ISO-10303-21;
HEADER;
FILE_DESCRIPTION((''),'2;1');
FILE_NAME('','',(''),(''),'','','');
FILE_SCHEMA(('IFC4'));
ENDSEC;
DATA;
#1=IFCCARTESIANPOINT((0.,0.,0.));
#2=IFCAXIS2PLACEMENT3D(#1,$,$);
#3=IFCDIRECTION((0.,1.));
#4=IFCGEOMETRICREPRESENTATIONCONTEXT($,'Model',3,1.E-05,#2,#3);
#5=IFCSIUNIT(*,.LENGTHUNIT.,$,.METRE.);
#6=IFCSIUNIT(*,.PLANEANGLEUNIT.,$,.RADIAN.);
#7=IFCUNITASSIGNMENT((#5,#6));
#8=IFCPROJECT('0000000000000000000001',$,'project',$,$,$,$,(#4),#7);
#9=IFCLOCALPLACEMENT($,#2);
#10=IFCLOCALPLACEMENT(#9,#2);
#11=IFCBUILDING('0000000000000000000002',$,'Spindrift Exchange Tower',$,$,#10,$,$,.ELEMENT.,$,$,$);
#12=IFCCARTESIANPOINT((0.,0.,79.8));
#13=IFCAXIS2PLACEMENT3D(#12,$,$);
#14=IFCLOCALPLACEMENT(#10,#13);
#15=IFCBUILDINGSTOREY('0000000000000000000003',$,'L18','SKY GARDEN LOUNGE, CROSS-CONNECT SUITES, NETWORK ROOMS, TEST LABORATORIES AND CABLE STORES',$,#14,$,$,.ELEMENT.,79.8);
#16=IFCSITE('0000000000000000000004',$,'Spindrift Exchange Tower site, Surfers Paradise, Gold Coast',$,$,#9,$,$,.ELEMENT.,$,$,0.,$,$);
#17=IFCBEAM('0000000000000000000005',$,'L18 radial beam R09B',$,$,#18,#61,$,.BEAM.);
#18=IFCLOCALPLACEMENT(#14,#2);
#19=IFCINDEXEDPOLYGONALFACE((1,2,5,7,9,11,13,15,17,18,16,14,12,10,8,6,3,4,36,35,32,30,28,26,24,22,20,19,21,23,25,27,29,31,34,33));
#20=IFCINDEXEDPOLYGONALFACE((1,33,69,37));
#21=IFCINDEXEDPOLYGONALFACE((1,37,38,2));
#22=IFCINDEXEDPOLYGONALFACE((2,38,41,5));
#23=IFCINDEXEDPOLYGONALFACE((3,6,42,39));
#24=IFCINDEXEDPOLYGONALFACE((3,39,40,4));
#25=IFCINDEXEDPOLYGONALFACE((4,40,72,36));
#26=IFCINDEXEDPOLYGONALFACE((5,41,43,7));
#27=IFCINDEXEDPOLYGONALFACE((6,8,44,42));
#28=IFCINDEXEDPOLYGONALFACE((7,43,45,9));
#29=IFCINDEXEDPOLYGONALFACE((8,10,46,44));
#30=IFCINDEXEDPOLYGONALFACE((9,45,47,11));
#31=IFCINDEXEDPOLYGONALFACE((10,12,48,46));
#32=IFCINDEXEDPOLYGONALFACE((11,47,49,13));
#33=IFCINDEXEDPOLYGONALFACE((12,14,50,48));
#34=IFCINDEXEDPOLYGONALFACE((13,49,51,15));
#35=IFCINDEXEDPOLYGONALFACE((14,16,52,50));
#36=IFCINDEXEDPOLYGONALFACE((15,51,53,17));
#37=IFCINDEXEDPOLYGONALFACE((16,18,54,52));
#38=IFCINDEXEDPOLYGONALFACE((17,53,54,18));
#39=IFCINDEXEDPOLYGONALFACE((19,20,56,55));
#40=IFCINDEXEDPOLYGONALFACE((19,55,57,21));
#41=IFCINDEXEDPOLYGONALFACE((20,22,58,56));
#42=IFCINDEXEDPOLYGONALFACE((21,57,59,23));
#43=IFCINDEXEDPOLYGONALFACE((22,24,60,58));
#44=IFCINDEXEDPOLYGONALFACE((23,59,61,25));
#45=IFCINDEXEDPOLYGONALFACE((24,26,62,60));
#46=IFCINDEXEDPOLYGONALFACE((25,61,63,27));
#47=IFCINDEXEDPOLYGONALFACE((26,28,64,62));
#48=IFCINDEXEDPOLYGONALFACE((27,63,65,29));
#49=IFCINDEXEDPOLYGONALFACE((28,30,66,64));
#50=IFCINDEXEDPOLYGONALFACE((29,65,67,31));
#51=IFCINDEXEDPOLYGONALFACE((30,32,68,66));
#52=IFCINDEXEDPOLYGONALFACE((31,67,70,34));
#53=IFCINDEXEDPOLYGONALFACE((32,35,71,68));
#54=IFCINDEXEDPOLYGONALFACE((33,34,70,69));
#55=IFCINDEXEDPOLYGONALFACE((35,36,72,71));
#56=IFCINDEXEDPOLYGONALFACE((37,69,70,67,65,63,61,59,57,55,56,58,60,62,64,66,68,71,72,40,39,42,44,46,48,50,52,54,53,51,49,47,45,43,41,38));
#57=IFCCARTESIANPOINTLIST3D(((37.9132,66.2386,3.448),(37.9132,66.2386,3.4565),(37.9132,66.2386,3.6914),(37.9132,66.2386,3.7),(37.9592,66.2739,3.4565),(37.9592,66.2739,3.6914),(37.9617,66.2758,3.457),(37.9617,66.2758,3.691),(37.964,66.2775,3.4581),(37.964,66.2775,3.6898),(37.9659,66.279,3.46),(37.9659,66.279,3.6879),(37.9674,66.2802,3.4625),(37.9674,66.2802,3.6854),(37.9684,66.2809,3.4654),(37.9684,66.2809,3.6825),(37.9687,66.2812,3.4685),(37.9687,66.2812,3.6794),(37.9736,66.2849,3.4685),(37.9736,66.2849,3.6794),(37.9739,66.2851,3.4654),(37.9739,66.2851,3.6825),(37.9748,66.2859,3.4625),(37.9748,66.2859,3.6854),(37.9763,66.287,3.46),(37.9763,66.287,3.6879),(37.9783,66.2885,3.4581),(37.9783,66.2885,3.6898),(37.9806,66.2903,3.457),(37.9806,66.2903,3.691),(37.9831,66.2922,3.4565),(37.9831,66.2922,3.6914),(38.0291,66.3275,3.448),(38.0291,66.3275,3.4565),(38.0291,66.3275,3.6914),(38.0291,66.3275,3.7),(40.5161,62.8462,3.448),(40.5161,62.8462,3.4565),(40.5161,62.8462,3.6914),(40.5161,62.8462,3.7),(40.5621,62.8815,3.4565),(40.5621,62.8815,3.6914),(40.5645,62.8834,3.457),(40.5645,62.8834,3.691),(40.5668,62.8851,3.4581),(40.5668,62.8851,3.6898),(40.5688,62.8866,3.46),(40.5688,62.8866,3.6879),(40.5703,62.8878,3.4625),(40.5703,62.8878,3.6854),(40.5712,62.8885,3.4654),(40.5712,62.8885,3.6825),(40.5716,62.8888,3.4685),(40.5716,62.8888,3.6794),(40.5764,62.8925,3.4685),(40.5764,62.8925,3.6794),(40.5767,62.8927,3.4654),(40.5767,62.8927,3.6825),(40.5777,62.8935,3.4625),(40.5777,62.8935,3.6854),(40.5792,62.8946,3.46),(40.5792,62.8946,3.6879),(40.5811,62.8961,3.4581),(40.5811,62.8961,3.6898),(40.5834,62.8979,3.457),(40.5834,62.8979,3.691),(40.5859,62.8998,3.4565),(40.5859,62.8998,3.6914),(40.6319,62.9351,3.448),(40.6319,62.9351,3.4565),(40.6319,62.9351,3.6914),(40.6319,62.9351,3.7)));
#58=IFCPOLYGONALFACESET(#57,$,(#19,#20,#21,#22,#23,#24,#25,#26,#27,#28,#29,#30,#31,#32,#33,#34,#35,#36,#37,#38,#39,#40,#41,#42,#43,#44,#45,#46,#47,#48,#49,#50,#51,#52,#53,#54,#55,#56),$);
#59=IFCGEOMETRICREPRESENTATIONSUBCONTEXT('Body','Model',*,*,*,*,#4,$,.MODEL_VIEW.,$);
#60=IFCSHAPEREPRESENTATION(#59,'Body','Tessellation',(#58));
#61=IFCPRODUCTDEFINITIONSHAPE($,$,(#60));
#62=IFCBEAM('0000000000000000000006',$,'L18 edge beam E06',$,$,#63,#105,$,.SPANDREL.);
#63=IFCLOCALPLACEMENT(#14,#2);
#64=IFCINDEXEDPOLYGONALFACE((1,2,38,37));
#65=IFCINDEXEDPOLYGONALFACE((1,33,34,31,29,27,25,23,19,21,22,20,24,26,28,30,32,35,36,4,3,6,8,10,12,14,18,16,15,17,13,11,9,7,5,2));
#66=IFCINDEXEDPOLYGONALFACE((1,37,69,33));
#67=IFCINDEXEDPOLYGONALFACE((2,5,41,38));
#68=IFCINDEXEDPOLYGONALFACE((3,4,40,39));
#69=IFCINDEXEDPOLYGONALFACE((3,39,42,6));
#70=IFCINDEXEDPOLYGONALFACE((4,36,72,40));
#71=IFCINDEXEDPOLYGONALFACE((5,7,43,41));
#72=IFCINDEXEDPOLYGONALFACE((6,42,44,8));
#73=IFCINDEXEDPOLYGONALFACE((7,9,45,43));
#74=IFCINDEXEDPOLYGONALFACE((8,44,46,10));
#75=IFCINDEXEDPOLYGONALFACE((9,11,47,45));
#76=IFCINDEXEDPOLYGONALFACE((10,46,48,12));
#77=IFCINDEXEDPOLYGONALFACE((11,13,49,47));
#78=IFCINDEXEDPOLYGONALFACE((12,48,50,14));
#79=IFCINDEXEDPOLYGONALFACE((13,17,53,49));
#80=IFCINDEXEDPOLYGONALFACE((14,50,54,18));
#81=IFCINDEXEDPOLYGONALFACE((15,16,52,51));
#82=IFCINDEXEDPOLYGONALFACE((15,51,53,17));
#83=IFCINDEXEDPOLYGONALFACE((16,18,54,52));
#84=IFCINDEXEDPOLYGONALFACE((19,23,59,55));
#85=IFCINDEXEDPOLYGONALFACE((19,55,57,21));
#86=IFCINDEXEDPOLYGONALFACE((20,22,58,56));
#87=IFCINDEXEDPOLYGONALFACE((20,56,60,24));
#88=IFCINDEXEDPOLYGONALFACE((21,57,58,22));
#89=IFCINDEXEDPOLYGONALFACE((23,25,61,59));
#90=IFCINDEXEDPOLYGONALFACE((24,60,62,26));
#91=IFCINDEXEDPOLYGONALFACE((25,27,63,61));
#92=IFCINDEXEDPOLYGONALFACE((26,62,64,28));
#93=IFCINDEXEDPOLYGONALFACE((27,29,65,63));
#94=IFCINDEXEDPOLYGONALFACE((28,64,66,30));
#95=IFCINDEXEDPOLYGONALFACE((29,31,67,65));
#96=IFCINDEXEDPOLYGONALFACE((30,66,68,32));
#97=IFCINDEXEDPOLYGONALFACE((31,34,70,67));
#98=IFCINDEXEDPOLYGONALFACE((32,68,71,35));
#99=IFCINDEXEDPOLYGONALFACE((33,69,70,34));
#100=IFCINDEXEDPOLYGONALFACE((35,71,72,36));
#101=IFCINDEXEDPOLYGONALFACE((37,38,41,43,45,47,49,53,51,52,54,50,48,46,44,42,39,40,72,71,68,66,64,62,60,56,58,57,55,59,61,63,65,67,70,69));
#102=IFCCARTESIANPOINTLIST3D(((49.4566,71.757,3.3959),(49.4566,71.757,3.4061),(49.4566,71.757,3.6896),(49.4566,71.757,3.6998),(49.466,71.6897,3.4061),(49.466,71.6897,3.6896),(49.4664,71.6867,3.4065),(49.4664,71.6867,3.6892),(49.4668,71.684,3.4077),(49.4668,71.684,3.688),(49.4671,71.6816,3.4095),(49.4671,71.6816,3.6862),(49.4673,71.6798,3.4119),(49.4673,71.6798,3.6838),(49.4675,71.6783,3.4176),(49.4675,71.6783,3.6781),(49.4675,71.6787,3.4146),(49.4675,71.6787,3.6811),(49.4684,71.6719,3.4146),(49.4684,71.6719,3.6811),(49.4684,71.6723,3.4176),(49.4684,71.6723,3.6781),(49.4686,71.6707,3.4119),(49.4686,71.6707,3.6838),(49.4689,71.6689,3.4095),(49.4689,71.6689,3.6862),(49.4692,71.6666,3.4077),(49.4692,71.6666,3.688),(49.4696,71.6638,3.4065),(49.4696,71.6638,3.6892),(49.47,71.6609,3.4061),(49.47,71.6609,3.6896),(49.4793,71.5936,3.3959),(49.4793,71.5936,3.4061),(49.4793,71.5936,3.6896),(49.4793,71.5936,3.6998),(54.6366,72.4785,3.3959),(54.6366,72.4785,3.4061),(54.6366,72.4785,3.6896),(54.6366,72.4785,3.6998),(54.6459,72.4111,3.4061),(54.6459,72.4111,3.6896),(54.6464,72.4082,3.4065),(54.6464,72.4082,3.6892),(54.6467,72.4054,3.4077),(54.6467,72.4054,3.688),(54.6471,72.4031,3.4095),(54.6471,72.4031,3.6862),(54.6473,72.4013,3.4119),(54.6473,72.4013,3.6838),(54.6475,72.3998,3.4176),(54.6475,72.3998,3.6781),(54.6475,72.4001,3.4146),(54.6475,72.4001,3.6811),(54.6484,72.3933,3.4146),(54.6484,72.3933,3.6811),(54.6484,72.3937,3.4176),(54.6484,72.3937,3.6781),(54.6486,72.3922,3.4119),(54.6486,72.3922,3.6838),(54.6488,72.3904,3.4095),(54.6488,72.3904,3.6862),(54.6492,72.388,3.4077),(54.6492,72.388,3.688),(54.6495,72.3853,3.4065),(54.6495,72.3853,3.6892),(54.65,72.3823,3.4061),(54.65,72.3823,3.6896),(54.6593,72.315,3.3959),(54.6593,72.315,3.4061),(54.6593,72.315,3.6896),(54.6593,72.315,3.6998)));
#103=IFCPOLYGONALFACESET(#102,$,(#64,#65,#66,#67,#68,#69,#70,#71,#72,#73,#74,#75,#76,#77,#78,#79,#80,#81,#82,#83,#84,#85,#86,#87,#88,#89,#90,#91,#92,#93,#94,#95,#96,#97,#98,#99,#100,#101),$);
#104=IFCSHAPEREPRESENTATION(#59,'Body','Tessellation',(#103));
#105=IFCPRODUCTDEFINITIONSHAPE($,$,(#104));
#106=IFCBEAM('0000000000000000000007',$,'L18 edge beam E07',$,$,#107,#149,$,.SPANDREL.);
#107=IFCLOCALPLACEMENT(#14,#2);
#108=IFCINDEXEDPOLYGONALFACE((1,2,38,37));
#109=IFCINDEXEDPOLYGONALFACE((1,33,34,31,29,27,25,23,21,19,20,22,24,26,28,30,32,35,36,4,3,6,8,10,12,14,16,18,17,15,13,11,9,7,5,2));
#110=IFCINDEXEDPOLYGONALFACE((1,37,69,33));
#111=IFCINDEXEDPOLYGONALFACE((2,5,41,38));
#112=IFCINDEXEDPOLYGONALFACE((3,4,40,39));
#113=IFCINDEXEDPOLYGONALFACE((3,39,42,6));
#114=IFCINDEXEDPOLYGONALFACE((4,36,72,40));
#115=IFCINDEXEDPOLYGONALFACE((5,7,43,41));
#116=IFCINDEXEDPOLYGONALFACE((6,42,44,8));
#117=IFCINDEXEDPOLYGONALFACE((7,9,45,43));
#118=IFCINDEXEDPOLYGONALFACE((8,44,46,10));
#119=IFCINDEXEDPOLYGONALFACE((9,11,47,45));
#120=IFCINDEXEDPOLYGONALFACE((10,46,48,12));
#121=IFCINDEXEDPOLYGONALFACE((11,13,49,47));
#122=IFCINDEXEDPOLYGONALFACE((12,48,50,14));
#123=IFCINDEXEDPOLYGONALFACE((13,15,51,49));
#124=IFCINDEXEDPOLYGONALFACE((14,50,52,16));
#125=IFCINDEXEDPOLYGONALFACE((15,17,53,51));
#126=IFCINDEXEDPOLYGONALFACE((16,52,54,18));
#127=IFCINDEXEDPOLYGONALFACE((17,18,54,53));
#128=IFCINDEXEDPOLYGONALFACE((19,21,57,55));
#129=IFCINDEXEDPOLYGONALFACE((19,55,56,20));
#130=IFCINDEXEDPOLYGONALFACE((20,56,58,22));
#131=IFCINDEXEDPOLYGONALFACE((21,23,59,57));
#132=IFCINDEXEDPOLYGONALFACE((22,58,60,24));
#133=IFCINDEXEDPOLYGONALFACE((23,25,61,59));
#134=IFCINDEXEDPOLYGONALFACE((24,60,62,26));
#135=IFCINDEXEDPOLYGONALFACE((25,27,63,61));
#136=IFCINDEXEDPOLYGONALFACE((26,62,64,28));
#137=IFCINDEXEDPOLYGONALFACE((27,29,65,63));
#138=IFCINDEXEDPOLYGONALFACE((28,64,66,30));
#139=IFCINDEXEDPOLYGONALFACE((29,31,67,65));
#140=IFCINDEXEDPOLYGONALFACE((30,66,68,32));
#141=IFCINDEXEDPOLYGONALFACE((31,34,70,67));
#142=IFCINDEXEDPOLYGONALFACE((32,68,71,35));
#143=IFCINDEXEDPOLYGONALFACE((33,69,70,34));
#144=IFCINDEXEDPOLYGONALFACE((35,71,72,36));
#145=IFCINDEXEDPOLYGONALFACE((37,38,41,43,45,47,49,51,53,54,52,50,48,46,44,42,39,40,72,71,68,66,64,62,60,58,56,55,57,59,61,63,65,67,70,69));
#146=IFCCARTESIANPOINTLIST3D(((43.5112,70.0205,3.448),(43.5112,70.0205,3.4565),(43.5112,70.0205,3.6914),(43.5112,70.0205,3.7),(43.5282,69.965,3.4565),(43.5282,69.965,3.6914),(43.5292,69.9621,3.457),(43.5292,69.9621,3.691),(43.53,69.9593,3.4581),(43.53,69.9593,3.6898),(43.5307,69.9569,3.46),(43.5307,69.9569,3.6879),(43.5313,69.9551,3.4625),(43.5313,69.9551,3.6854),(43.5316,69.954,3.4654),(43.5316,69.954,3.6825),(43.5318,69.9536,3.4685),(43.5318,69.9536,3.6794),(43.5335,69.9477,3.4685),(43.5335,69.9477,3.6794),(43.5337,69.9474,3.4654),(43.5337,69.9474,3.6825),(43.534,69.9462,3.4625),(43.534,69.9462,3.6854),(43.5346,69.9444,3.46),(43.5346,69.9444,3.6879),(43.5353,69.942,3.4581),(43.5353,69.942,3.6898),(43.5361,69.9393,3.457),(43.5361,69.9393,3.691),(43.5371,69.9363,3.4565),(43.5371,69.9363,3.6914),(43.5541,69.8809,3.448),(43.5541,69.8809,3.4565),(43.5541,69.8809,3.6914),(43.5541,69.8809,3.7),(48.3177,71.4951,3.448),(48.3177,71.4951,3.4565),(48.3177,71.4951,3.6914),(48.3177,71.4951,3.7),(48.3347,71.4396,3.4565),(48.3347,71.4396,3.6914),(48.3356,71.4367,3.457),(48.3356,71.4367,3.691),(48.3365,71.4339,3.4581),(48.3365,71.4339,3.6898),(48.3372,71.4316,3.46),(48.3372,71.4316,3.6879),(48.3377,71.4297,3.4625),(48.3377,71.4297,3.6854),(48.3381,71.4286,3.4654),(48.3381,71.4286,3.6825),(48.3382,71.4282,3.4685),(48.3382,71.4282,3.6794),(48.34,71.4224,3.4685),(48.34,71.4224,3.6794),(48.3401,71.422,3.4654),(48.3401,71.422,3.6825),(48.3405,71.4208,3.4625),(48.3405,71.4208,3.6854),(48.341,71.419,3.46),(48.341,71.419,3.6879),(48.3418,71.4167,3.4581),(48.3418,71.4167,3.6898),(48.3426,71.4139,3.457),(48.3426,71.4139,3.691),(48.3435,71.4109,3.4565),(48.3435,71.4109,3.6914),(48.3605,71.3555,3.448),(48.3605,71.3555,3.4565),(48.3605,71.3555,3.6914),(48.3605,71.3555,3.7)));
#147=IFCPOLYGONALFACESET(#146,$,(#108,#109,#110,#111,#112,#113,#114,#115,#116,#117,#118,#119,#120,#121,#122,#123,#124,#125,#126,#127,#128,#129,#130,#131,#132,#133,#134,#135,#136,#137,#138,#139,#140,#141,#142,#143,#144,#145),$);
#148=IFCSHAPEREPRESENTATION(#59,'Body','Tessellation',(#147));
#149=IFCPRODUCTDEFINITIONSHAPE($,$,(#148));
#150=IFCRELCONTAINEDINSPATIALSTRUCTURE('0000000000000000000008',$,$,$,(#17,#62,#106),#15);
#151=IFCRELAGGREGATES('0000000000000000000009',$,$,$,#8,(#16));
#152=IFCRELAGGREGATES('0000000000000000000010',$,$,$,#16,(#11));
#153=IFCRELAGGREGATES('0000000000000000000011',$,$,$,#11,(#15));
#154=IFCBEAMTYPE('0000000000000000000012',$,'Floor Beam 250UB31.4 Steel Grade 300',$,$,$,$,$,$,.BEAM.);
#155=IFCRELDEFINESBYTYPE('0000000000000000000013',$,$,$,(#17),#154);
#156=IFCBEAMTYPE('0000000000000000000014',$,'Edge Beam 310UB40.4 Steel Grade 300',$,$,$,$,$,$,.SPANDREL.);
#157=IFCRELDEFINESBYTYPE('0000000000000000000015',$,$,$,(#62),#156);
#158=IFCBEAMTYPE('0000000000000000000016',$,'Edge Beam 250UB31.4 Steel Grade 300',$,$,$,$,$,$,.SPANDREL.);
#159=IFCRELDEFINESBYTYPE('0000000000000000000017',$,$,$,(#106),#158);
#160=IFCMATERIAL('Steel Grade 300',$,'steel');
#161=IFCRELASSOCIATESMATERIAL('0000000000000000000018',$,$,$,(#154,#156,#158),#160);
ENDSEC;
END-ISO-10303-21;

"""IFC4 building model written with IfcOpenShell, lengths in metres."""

from ifc_helpers import new_model, si_unit, direction, frame, origin, origin_2d, place, context, subcontext, project, spatial, i_section, extrude, source, transform, mapped, material, material_profile, profile_set, type_object, element, save


model = new_model("IFC4")

# Units and contexts
model_context = context("Model", 3, precision=1e-05, world=origin(), true_north=direction((0.0, 1.0)))
body_context = subcontext(model_context, "Body", "Model", "MODEL_VIEW")
ifc_project = project(units=[si_unit("LENGTHUNIT", "METRE"), si_unit("PLANEANGLEUNIT", "RADIAN")], contexts=[model_context])

# Site, building, storey
site_placement = place(None, origin())
site = spatial("IfcSite", under=ifc_project, at=site_placement, Name="Spindrift Exchange Tower site, Surfers Paradise, Gold Coast", CompositionType="ELEMENT", RefElevation=0.0)
building_placement = place(site_placement, origin())
building = spatial("IfcBuilding", under=site, at=building_placement, Name="Spindrift Exchange Tower", CompositionType="ELEMENT")
storey_placement = place(building_placement, frame((0.0, 0.0, 79.8)))
storey = spatial("IfcBuildingStorey", under=building, at=storey_placement, Name="L18", Description="SKY GARDEN LOUNGE, CROSS-CONNECT SUITES, NETWORK ROOMS, TEST LABORATORIES AND CABLE STORES", CompositionType="ELEMENT", Elevation=79.8)

# Beams
ifc_material_1 = material(Name="Steel Grade 300", Category="steel")
ifc_material_profile_1 = material_profile(ifc_material_1, i_section(OverallWidth=0.146, OverallDepth=0.252, WebThickness=0.0061, FlangeThickness=0.0085, FilletRadius=0.012, at=origin_2d()), Name="250UB31.4")
ifc_profile_set_1 = profile_set([ifc_material_profile_1], Name="Steel Grade 300")
beam_type_1 = type_object("IfcBeamType", Name="Floor Beam 250UB31.4 Steel Grade 300", PredefinedType="BEAM", material=ifc_profile_set_1)
shared_shape_1 = source(origin(), body_context, "Body", "SweptSolid", [
    extrude(i_section(OverallWidth=0.146, OverallDepth=0.252, WebThickness=0.0061, FlangeThickness=0.0085, FilletRadius=0.012, at=origin_2d()), origin(), (0.0, 0.0, 1.0), 4.2759),
])
beam_1_placement = place(storey_placement, frame((40.574, 62.8906, 3.574), z_axis=(-0.608725, 0.793381, 0.0), x_axis=(-0.793381, -0.608725, 0.0)))
element("IfcBeam", 1, at=beam_1_placement, inside=storey, type_object=beam_type_1, Name="L18 radial beam R09B", PredefinedType="BEAM", context=body_context, shape_type="MappedRepresentation", body=[
    mapped(shared_shape_1, transform((0.0, 0.0, 0.0), scale=1.0)),
])
ifc_material_profile_2 = material_profile(ifc_material_1, i_section(OverallWidth=0.165, OverallDepth=0.304, WebThickness=0.0061, FlangeThickness=0.0103, FilletRadius=0.0115, at=origin_2d()), Name="310UB40.4")
ifc_profile_set_2 = profile_set([ifc_material_profile_2], Name="Steel Grade 300")
beam_type_2 = type_object("IfcBeamType", Name="Edge Beam 310UB40.4 Steel Grade 300", PredefinedType="SPANDREL", material=ifc_profile_set_2)
shared_shape_2 = source(origin(), body_context, "Body", "SweptSolid", [
    extrude(i_section(OverallWidth=0.165, OverallDepth=0.304, WebThickness=0.0061, FlangeThickness=0.0103, FilletRadius=0.0115, at=origin_2d()), origin(), (0.0, 0.0, 1.0), 5.23),
])
beam_2_placement = place(storey_placement, frame((54.6479, 72.3967, 3.5479), z_axis=(-0.99044, -0.137944, 0.0), x_axis=(0.137944, -0.99044, 0.0)))
element("IfcBeam", 2, at=beam_2_placement, inside=storey, type_object=beam_type_2, Name="L18 edge beam E06", PredefinedType="SPANDREL", context=body_context, shape_type="MappedRepresentation", body=[
    mapped(shared_shape_2, transform((0.0, 0.0, 0.0), scale=1.0)),
])
ifc_material_profile_3 = material_profile(ifc_material_1, i_section(OverallWidth=0.146, OverallDepth=0.252, WebThickness=0.0061, FlangeThickness=0.0085, FilletRadius=0.012, at=origin_2d()), Name="250UB31.4")
ifc_profile_set_3 = profile_set([ifc_material_profile_3], Name="Steel Grade 300")
beam_type_3 = type_object("IfcBeamType", Name="Edge Beam 250UB31.4 Steel Grade 300", PredefinedType="SPANDREL", material=ifc_profile_set_3)
shared_shape_3 = source(origin(), body_context, "Body", "SweptSolid", [
    extrude(i_section(OverallWidth=0.146, OverallDepth=0.252, WebThickness=0.0061, FlangeThickness=0.0085, FilletRadius=0.012, at=origin_2d()), origin(), (0.0, 0.0, 1.0), 5.0276),
])
beam_3_placement = place(storey_placement, frame((48.3391, 71.4253, 3.574), z_axis=(-0.956018, -0.293308, 0.0), x_axis=(0.293308, -0.956018, 0.0)))
element("IfcBeam", 3, at=beam_3_placement, inside=storey, type_object=beam_type_3, Name="L18 edge beam E07", PredefinedType="SPANDREL", context=body_context, shape_type="MappedRepresentation", body=[
    mapped(shared_shape_3, transform((0.0, 0.0, 0.0), scale=1.0)),
])

save(model, "model.ifc")
